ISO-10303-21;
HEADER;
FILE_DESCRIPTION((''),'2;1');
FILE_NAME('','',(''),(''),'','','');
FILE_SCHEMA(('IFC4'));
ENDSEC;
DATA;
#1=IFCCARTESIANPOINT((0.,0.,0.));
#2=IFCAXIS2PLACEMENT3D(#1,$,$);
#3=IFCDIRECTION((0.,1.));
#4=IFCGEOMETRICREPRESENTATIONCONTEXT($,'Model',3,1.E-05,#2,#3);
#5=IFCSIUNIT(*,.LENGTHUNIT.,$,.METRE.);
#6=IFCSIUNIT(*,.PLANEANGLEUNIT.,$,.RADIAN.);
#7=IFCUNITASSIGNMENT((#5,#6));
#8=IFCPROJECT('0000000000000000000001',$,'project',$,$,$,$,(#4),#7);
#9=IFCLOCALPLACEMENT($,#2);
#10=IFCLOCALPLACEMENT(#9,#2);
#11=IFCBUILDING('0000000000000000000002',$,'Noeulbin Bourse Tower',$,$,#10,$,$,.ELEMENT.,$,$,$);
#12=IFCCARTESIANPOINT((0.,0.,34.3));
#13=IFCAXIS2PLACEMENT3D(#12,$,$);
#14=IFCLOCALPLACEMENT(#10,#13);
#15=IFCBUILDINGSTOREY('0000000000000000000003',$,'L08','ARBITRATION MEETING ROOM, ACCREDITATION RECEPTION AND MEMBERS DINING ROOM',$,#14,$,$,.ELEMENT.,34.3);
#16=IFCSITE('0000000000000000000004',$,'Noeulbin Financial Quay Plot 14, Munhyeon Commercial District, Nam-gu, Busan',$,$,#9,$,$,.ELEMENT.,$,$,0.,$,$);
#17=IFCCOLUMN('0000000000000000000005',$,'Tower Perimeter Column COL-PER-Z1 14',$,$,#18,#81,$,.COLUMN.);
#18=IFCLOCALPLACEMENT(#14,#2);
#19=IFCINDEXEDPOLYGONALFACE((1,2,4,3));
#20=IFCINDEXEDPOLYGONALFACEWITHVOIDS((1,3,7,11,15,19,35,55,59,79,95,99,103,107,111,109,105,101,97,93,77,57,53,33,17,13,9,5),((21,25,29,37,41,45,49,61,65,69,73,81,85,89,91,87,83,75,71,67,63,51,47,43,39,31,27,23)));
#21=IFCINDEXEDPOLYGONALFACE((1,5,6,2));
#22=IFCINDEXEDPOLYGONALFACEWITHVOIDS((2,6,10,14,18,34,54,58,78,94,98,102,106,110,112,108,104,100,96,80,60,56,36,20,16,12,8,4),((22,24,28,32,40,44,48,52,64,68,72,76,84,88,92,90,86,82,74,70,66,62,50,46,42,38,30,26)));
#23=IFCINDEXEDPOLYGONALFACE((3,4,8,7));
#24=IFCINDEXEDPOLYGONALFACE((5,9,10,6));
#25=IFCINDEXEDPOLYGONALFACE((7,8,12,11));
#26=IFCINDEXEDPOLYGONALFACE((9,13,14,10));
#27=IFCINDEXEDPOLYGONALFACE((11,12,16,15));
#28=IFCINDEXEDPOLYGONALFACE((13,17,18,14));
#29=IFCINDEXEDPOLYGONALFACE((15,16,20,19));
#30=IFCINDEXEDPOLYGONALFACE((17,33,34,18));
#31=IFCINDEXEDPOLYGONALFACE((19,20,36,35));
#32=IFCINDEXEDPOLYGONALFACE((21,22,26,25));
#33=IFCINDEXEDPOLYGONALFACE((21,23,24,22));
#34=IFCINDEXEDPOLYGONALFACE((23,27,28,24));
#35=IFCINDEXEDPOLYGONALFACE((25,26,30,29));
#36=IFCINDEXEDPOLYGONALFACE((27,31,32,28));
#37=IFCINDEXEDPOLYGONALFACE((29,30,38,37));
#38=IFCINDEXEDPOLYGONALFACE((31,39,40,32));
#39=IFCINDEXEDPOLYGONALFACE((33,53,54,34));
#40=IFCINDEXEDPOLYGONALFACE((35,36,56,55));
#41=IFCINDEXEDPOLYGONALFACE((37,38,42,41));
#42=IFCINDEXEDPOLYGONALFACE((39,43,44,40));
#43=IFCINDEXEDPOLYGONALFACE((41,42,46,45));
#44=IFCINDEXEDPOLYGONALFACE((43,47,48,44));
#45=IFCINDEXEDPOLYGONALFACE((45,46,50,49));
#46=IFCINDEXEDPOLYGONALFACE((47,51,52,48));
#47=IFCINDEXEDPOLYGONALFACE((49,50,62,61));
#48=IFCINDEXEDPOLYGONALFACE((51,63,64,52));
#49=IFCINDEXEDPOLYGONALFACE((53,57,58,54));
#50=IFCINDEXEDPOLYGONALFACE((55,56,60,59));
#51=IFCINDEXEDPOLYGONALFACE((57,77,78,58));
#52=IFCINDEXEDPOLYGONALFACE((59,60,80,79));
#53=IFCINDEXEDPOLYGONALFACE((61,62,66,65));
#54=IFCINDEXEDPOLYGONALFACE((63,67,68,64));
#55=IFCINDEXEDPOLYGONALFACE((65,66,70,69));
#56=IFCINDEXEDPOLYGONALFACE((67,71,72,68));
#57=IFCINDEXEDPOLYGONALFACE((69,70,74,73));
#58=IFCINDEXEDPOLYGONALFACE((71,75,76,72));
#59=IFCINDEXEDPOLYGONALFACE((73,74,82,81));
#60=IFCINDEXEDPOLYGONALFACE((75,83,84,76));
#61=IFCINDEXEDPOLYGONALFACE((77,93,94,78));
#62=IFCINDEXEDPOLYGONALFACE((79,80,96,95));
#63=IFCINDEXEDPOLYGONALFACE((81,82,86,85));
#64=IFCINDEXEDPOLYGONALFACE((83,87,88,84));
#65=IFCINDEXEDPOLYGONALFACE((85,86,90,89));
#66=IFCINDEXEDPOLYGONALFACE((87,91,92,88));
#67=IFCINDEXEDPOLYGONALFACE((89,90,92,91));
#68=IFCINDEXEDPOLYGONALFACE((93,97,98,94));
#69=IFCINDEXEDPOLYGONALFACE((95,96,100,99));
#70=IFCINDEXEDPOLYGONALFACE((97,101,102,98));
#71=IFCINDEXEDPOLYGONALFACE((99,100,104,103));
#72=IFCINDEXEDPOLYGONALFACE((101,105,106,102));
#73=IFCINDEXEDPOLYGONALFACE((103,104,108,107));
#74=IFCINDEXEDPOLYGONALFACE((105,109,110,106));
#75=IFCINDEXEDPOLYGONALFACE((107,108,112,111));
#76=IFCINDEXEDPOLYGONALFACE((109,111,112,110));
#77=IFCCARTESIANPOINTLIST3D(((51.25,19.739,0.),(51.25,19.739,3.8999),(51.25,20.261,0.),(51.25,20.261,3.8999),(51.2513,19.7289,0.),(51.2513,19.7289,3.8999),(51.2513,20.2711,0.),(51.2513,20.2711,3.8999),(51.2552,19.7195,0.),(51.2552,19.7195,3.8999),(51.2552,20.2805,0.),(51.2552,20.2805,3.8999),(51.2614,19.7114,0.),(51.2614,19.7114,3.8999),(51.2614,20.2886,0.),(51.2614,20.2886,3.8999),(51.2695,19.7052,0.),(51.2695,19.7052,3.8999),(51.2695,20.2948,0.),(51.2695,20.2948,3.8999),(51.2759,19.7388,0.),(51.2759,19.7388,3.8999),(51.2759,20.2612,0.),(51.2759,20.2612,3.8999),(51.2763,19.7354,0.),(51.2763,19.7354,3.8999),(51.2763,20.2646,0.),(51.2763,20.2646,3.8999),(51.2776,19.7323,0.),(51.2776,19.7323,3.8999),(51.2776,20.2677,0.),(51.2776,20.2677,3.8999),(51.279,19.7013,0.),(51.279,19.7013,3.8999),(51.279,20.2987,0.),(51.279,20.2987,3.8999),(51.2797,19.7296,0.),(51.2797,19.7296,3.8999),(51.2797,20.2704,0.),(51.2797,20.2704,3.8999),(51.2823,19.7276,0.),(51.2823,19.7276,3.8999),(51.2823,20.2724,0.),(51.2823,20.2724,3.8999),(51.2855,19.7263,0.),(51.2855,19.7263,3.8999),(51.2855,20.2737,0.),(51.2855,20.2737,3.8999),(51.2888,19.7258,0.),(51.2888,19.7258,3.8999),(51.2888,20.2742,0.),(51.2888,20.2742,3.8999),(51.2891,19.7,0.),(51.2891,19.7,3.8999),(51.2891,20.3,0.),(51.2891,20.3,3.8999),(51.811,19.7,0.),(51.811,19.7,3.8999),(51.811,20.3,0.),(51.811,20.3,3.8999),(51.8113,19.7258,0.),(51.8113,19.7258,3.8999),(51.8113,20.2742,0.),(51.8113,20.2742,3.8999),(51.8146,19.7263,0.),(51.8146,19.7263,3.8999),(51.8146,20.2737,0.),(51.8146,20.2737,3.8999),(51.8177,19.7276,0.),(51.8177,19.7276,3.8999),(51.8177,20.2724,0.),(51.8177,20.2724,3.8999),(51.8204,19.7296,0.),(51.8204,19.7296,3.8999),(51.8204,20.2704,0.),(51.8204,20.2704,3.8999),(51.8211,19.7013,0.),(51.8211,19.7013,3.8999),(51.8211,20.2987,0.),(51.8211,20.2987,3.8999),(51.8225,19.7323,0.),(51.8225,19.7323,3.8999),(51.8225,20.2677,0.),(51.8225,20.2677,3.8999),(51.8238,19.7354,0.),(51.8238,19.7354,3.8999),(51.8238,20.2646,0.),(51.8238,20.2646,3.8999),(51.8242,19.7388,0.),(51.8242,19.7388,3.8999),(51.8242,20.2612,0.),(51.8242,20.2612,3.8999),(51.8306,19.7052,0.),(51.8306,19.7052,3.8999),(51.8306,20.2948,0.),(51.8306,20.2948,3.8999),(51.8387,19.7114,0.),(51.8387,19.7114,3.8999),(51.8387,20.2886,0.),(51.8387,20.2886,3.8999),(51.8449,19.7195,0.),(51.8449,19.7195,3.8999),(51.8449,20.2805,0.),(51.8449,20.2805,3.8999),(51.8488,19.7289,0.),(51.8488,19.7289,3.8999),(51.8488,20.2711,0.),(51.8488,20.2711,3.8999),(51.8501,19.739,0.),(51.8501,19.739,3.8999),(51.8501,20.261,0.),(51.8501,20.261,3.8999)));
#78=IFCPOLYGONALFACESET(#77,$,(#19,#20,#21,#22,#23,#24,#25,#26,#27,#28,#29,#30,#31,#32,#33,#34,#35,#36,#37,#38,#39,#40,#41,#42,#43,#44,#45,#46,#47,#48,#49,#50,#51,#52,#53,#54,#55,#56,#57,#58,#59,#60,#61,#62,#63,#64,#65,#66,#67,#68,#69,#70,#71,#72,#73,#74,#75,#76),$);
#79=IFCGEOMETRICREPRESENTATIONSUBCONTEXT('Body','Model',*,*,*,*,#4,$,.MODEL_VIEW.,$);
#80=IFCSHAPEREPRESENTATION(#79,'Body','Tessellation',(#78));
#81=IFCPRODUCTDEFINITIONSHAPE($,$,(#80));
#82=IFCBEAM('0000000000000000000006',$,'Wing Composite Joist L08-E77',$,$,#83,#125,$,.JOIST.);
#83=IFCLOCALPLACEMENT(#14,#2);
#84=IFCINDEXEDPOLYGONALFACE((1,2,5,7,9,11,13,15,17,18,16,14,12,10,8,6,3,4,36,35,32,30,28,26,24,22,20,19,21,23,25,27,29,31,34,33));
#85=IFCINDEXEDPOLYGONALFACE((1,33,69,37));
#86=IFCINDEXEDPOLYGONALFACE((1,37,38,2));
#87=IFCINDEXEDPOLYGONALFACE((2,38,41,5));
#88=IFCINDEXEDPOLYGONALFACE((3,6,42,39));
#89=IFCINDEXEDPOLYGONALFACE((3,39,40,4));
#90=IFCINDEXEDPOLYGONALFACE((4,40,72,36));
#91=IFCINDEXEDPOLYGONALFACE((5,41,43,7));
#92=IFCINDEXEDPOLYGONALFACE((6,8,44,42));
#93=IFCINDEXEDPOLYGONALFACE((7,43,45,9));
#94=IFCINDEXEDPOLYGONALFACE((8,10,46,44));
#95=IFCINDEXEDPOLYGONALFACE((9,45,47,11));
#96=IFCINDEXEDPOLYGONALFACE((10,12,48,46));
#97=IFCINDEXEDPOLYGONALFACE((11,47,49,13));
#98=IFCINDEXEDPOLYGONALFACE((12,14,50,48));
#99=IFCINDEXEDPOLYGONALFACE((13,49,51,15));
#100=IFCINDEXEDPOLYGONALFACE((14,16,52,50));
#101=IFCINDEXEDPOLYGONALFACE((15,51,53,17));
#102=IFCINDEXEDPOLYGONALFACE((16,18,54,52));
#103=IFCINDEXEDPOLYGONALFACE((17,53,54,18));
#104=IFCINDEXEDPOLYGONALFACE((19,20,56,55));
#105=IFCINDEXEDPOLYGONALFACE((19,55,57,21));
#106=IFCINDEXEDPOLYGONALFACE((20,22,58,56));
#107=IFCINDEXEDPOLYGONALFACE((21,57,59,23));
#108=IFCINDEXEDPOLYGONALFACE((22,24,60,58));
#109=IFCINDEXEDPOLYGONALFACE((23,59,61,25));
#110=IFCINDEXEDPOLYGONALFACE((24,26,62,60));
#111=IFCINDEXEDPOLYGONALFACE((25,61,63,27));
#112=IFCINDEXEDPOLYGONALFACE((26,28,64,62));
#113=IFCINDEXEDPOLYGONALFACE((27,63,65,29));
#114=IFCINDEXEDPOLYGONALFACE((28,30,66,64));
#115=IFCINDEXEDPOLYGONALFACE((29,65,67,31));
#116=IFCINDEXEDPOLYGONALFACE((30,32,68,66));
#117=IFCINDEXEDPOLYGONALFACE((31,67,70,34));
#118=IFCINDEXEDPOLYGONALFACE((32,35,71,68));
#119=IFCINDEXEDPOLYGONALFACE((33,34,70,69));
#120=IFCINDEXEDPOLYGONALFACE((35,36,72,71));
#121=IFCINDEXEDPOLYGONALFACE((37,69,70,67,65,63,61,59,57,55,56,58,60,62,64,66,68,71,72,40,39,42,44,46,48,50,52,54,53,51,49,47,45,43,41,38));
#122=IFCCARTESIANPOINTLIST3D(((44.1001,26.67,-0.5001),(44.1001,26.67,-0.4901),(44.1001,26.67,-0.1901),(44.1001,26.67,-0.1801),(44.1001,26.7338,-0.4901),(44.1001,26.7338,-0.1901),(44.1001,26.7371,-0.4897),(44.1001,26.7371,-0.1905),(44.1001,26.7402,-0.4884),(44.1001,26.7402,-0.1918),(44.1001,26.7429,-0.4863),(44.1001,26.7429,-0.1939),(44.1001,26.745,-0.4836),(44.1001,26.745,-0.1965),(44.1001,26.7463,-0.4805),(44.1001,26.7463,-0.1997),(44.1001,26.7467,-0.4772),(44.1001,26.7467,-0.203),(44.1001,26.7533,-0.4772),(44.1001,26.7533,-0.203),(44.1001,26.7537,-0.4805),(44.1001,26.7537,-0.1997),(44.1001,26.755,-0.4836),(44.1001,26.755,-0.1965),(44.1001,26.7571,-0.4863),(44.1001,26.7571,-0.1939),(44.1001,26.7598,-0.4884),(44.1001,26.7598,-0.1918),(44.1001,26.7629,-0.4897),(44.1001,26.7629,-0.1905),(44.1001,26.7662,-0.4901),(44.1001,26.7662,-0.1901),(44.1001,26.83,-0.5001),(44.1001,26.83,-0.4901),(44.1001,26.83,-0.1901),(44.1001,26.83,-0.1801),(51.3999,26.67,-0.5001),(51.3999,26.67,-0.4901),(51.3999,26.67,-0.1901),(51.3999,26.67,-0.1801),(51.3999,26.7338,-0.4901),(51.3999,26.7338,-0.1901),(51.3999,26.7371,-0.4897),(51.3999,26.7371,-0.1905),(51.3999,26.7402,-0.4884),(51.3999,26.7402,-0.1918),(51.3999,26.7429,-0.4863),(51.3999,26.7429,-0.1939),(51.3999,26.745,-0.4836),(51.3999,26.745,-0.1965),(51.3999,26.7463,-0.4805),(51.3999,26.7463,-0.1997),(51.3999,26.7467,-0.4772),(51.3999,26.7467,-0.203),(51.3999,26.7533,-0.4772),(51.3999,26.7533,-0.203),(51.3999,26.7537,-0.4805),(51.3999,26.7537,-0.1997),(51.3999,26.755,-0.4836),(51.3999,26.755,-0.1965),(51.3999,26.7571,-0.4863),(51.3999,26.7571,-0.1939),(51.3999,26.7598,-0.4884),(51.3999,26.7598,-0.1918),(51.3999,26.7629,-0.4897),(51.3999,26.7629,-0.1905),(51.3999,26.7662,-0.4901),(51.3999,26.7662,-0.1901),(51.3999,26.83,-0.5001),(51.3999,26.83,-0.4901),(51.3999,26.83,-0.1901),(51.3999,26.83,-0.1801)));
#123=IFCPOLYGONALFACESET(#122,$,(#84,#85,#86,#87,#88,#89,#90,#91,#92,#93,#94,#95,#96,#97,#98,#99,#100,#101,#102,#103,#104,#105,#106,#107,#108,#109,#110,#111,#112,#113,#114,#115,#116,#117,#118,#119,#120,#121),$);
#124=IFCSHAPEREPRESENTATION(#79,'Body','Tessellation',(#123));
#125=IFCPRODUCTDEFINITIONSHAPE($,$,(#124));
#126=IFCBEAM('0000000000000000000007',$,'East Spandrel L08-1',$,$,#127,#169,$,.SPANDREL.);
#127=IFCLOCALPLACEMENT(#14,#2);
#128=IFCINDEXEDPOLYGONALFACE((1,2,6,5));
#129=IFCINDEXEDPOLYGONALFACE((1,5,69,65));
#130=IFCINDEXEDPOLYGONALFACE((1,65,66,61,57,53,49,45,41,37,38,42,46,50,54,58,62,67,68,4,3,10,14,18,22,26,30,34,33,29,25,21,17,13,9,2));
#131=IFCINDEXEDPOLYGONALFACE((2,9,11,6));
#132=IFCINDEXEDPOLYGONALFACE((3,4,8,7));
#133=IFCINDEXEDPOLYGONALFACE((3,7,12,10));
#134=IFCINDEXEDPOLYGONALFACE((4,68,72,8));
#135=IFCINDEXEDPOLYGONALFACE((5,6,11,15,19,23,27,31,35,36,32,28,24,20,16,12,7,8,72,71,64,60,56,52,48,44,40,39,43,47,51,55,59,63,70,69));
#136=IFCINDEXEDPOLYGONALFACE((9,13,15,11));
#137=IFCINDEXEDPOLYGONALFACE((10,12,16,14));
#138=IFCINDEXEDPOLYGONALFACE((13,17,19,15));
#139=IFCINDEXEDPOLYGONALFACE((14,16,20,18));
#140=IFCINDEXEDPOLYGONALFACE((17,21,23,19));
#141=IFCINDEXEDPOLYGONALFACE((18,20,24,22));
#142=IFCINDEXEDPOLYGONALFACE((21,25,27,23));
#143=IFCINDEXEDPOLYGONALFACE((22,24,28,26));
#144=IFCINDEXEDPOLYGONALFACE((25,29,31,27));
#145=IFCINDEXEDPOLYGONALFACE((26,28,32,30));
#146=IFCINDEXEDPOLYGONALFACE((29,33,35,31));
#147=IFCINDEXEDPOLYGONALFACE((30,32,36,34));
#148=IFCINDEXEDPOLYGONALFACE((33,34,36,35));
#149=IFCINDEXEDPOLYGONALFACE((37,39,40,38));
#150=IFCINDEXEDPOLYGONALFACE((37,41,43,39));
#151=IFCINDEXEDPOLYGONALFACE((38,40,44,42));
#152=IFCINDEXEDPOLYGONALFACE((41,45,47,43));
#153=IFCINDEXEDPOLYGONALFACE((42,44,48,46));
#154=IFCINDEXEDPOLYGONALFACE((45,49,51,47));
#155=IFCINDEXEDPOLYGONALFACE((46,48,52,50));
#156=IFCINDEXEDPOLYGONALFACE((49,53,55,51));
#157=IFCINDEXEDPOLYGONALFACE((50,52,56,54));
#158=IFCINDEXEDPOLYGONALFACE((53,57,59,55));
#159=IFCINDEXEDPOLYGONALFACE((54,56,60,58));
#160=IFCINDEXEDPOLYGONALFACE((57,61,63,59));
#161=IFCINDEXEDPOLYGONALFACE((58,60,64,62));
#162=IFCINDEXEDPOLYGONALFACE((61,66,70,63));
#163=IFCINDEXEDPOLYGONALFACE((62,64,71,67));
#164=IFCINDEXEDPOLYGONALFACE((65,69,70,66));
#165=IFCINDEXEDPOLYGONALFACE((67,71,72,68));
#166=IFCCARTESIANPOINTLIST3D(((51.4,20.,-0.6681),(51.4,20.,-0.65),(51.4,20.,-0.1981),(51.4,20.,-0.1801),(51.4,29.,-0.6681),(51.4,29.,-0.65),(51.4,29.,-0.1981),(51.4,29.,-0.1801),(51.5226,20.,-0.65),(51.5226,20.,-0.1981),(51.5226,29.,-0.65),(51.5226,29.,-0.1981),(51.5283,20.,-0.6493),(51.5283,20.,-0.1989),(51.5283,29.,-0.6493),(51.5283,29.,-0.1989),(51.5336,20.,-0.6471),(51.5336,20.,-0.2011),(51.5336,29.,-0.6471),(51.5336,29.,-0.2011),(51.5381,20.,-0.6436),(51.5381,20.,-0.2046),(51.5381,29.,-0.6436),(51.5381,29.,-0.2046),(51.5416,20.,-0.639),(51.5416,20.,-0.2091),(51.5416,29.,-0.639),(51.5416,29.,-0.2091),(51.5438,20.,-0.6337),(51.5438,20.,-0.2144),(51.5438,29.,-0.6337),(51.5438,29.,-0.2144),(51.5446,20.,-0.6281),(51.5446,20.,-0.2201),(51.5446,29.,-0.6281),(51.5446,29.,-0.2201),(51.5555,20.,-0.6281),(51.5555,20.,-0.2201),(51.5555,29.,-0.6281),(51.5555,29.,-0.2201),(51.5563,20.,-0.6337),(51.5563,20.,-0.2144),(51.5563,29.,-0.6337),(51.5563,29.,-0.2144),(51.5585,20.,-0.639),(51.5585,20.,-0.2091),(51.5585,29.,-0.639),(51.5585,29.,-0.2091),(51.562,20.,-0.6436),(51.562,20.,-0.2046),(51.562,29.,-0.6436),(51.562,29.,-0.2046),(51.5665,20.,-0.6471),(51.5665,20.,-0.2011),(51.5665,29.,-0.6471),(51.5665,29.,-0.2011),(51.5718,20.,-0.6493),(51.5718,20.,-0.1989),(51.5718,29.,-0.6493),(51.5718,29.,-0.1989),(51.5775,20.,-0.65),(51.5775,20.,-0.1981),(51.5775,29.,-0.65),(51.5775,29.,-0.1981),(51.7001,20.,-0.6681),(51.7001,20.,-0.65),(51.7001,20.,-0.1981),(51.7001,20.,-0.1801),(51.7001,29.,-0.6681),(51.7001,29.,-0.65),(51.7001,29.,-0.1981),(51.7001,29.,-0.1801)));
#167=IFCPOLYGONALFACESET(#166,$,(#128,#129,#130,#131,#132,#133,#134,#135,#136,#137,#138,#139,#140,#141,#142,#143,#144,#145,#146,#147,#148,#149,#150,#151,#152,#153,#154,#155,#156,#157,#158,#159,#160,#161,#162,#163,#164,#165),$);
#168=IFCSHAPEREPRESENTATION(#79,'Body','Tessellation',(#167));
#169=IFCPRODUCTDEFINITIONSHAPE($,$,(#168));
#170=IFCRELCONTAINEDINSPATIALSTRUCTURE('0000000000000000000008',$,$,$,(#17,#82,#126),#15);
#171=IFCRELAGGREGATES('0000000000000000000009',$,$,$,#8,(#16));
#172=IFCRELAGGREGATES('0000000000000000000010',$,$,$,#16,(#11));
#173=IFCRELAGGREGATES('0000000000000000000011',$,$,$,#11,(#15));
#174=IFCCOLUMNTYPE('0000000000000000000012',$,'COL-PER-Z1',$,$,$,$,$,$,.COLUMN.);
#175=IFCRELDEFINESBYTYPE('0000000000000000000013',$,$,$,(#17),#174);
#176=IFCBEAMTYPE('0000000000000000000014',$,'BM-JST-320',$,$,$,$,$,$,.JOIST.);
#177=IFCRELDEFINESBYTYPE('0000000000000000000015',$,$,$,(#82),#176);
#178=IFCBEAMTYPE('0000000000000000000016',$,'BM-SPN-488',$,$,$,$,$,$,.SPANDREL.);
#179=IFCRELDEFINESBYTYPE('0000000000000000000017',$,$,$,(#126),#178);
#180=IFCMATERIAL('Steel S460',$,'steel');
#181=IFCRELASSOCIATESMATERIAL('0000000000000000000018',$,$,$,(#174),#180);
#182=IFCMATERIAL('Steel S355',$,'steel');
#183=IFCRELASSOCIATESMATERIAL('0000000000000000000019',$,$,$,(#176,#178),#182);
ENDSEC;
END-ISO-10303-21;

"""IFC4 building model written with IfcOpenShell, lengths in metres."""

from ifc_helpers import new_model, si_unit, direction, frame, origin, origin_2d, place, context, subcontext, project, spatial, hollow_rectangle, i_section, extrude, material, material_profile, profile_set, type_object, element, save


model = new_model("IFC4")

# Units and contexts
model_context = context("Model", 3, precision=1e-05, world=origin(), true_north=direction((0.0, 1.0)))
body_context = subcontext(model_context, "Body", "Model", "MODEL_VIEW")
ifc_project = project(units=[si_unit("LENGTHUNIT", "METRE"), si_unit("PLANEANGLEUNIT", "RADIAN")], contexts=[model_context])

# Site, building, storey
site_placement = place(None, origin())
site = spatial("IfcSite", under=ifc_project, at=site_placement, Name="Noeulbin Financial Quay Plot 14, Munhyeon Commercial District, Nam-gu, Busan", CompositionType="ELEMENT", RefElevation=0.0)
building_placement = place(site_placement, origin())
building = spatial("IfcBuilding", under=site, at=building_placement, Name="Noeulbin Bourse Tower", CompositionType="ELEMENT")
storey_placement = place(building_placement, frame((0.0, 0.0, 34.3)))
storey = spatial("IfcBuildingStorey", under=building, at=storey_placement, Name="L08", Description="ARBITRATION MEETING ROOM, ACCREDITATION RECEPTION AND MEMBERS DINING ROOM", CompositionType="ELEMENT", Elevation=34.3)

# Column
ifc_material_1 = material(Name="Steel S460", Category="steel")
ifc_material_profile_1 = material_profile(ifc_material_1, hollow_rectangle(XDim=0.6001, YDim=0.6001, WallThickness=0.0259, InnerFilletRadius=0.0129, OuterFilletRadius=0.0391, at=origin_2d()), Name="BOX-600x600x26", Category="LoadBearing")
ifc_profile_set_1 = profile_set([ifc_material_profile_1], Name="Steel S460")
column_type = type_object("IfcColumnType", Name="COL-PER-Z1", PredefinedType="COLUMN", material=ifc_profile_set_1)
column_placement = place(storey_placement, frame((51.55, 20.0, 0.0), z_axis=(0.0, 0.0, 1.0), x_axis=(1.0, 0.0, 0.0)))
element("IfcColumn", 1, at=column_placement, inside=storey, type_object=column_type, Name="Tower Perimeter Column COL-PER-Z1 14", PredefinedType="COLUMN", context=body_context, shape_type="SweptSolid", body=[
    extrude(hollow_rectangle(XDim=0.6001, YDim=0.6001, WallThickness=0.0259, InnerFilletRadius=0.0129, OuterFilletRadius=0.0391, at=origin_2d()), origin(), (0.0, 0.0, 1.0), 3.8999),
])

# Beams
ifc_material_2 = material(Name="Steel S355", Category="steel")
ifc_material_profile_2 = material_profile(ifc_material_2, i_section(OverallWidth=0.1599, OverallDepth=0.3201, WebThickness=0.0066, FlangeThickness=0.01, FilletRadius=0.0129, at=origin_2d()), Name="H-320x160x6.5x10", Category="LoadBearing")
ifc_profile_set_2 = profile_set([ifc_material_profile_2], Name="Steel S355")
beam_type_1 = type_object("IfcBeamType", Name="BM-JST-320", PredefinedType="JOIST", material=ifc_profile_set_2)
beam_1_placement = place(storey_placement, frame((44.1001, 26.75, -0.3401), z_axis=(1.0, 0.0, 0.0), x_axis=(0.0, 1.0, 0.0)))
element("IfcBeam", 2, at=beam_1_placement, inside=storey, type_object=beam_type_1, Name="Wing Composite Joist L08-E77", PredefinedType="JOIST", context=body_context, shape_type="SweptSolid", body=[
    extrude(i_section(OverallWidth=0.1599, OverallDepth=0.3201, WebThickness=0.0066, FlangeThickness=0.01, FilletRadius=0.0129, at=origin_2d()), origin(), (0.0, 0.0, 1.0), 7.2998),
])
ifc_material_profile_3 = material_profile(ifc_material_2, i_section(OverallWidth=0.3, OverallDepth=0.488, WebThickness=0.011, FlangeThickness=0.0181, FilletRadius=0.022, at=origin_2d()), Name="H-488x300x11x18", Category="LoadBearing")
ifc_profile_set_3 = profile_set([ifc_material_profile_3], Name="Steel S355")
beam_type_2 = type_object("IfcBeamType", Name="BM-SPN-488", PredefinedType="SPANDREL", material=ifc_profile_set_3)
beam_2_placement = place(storey_placement, frame((51.55, 20.0, -0.4241), z_axis=(0.0, 1.0, 0.0), x_axis=(-1.0, 0.0, 0.0)))
element("IfcBeam", 3, at=beam_2_placement, inside=storey, type_object=beam_type_2, Name="East Spandrel L08-1", PredefinedType="SPANDREL", context=body_context, shape_type="SweptSolid", body=[
    extrude(i_section(OverallWidth=0.3, OverallDepth=0.488, WebThickness=0.011, FlangeThickness=0.0181, FilletRadius=0.022, at=origin_2d()), origin(), (0.0, 0.0, 1.0), 9.0),
])

save(model, "model.ifc")
